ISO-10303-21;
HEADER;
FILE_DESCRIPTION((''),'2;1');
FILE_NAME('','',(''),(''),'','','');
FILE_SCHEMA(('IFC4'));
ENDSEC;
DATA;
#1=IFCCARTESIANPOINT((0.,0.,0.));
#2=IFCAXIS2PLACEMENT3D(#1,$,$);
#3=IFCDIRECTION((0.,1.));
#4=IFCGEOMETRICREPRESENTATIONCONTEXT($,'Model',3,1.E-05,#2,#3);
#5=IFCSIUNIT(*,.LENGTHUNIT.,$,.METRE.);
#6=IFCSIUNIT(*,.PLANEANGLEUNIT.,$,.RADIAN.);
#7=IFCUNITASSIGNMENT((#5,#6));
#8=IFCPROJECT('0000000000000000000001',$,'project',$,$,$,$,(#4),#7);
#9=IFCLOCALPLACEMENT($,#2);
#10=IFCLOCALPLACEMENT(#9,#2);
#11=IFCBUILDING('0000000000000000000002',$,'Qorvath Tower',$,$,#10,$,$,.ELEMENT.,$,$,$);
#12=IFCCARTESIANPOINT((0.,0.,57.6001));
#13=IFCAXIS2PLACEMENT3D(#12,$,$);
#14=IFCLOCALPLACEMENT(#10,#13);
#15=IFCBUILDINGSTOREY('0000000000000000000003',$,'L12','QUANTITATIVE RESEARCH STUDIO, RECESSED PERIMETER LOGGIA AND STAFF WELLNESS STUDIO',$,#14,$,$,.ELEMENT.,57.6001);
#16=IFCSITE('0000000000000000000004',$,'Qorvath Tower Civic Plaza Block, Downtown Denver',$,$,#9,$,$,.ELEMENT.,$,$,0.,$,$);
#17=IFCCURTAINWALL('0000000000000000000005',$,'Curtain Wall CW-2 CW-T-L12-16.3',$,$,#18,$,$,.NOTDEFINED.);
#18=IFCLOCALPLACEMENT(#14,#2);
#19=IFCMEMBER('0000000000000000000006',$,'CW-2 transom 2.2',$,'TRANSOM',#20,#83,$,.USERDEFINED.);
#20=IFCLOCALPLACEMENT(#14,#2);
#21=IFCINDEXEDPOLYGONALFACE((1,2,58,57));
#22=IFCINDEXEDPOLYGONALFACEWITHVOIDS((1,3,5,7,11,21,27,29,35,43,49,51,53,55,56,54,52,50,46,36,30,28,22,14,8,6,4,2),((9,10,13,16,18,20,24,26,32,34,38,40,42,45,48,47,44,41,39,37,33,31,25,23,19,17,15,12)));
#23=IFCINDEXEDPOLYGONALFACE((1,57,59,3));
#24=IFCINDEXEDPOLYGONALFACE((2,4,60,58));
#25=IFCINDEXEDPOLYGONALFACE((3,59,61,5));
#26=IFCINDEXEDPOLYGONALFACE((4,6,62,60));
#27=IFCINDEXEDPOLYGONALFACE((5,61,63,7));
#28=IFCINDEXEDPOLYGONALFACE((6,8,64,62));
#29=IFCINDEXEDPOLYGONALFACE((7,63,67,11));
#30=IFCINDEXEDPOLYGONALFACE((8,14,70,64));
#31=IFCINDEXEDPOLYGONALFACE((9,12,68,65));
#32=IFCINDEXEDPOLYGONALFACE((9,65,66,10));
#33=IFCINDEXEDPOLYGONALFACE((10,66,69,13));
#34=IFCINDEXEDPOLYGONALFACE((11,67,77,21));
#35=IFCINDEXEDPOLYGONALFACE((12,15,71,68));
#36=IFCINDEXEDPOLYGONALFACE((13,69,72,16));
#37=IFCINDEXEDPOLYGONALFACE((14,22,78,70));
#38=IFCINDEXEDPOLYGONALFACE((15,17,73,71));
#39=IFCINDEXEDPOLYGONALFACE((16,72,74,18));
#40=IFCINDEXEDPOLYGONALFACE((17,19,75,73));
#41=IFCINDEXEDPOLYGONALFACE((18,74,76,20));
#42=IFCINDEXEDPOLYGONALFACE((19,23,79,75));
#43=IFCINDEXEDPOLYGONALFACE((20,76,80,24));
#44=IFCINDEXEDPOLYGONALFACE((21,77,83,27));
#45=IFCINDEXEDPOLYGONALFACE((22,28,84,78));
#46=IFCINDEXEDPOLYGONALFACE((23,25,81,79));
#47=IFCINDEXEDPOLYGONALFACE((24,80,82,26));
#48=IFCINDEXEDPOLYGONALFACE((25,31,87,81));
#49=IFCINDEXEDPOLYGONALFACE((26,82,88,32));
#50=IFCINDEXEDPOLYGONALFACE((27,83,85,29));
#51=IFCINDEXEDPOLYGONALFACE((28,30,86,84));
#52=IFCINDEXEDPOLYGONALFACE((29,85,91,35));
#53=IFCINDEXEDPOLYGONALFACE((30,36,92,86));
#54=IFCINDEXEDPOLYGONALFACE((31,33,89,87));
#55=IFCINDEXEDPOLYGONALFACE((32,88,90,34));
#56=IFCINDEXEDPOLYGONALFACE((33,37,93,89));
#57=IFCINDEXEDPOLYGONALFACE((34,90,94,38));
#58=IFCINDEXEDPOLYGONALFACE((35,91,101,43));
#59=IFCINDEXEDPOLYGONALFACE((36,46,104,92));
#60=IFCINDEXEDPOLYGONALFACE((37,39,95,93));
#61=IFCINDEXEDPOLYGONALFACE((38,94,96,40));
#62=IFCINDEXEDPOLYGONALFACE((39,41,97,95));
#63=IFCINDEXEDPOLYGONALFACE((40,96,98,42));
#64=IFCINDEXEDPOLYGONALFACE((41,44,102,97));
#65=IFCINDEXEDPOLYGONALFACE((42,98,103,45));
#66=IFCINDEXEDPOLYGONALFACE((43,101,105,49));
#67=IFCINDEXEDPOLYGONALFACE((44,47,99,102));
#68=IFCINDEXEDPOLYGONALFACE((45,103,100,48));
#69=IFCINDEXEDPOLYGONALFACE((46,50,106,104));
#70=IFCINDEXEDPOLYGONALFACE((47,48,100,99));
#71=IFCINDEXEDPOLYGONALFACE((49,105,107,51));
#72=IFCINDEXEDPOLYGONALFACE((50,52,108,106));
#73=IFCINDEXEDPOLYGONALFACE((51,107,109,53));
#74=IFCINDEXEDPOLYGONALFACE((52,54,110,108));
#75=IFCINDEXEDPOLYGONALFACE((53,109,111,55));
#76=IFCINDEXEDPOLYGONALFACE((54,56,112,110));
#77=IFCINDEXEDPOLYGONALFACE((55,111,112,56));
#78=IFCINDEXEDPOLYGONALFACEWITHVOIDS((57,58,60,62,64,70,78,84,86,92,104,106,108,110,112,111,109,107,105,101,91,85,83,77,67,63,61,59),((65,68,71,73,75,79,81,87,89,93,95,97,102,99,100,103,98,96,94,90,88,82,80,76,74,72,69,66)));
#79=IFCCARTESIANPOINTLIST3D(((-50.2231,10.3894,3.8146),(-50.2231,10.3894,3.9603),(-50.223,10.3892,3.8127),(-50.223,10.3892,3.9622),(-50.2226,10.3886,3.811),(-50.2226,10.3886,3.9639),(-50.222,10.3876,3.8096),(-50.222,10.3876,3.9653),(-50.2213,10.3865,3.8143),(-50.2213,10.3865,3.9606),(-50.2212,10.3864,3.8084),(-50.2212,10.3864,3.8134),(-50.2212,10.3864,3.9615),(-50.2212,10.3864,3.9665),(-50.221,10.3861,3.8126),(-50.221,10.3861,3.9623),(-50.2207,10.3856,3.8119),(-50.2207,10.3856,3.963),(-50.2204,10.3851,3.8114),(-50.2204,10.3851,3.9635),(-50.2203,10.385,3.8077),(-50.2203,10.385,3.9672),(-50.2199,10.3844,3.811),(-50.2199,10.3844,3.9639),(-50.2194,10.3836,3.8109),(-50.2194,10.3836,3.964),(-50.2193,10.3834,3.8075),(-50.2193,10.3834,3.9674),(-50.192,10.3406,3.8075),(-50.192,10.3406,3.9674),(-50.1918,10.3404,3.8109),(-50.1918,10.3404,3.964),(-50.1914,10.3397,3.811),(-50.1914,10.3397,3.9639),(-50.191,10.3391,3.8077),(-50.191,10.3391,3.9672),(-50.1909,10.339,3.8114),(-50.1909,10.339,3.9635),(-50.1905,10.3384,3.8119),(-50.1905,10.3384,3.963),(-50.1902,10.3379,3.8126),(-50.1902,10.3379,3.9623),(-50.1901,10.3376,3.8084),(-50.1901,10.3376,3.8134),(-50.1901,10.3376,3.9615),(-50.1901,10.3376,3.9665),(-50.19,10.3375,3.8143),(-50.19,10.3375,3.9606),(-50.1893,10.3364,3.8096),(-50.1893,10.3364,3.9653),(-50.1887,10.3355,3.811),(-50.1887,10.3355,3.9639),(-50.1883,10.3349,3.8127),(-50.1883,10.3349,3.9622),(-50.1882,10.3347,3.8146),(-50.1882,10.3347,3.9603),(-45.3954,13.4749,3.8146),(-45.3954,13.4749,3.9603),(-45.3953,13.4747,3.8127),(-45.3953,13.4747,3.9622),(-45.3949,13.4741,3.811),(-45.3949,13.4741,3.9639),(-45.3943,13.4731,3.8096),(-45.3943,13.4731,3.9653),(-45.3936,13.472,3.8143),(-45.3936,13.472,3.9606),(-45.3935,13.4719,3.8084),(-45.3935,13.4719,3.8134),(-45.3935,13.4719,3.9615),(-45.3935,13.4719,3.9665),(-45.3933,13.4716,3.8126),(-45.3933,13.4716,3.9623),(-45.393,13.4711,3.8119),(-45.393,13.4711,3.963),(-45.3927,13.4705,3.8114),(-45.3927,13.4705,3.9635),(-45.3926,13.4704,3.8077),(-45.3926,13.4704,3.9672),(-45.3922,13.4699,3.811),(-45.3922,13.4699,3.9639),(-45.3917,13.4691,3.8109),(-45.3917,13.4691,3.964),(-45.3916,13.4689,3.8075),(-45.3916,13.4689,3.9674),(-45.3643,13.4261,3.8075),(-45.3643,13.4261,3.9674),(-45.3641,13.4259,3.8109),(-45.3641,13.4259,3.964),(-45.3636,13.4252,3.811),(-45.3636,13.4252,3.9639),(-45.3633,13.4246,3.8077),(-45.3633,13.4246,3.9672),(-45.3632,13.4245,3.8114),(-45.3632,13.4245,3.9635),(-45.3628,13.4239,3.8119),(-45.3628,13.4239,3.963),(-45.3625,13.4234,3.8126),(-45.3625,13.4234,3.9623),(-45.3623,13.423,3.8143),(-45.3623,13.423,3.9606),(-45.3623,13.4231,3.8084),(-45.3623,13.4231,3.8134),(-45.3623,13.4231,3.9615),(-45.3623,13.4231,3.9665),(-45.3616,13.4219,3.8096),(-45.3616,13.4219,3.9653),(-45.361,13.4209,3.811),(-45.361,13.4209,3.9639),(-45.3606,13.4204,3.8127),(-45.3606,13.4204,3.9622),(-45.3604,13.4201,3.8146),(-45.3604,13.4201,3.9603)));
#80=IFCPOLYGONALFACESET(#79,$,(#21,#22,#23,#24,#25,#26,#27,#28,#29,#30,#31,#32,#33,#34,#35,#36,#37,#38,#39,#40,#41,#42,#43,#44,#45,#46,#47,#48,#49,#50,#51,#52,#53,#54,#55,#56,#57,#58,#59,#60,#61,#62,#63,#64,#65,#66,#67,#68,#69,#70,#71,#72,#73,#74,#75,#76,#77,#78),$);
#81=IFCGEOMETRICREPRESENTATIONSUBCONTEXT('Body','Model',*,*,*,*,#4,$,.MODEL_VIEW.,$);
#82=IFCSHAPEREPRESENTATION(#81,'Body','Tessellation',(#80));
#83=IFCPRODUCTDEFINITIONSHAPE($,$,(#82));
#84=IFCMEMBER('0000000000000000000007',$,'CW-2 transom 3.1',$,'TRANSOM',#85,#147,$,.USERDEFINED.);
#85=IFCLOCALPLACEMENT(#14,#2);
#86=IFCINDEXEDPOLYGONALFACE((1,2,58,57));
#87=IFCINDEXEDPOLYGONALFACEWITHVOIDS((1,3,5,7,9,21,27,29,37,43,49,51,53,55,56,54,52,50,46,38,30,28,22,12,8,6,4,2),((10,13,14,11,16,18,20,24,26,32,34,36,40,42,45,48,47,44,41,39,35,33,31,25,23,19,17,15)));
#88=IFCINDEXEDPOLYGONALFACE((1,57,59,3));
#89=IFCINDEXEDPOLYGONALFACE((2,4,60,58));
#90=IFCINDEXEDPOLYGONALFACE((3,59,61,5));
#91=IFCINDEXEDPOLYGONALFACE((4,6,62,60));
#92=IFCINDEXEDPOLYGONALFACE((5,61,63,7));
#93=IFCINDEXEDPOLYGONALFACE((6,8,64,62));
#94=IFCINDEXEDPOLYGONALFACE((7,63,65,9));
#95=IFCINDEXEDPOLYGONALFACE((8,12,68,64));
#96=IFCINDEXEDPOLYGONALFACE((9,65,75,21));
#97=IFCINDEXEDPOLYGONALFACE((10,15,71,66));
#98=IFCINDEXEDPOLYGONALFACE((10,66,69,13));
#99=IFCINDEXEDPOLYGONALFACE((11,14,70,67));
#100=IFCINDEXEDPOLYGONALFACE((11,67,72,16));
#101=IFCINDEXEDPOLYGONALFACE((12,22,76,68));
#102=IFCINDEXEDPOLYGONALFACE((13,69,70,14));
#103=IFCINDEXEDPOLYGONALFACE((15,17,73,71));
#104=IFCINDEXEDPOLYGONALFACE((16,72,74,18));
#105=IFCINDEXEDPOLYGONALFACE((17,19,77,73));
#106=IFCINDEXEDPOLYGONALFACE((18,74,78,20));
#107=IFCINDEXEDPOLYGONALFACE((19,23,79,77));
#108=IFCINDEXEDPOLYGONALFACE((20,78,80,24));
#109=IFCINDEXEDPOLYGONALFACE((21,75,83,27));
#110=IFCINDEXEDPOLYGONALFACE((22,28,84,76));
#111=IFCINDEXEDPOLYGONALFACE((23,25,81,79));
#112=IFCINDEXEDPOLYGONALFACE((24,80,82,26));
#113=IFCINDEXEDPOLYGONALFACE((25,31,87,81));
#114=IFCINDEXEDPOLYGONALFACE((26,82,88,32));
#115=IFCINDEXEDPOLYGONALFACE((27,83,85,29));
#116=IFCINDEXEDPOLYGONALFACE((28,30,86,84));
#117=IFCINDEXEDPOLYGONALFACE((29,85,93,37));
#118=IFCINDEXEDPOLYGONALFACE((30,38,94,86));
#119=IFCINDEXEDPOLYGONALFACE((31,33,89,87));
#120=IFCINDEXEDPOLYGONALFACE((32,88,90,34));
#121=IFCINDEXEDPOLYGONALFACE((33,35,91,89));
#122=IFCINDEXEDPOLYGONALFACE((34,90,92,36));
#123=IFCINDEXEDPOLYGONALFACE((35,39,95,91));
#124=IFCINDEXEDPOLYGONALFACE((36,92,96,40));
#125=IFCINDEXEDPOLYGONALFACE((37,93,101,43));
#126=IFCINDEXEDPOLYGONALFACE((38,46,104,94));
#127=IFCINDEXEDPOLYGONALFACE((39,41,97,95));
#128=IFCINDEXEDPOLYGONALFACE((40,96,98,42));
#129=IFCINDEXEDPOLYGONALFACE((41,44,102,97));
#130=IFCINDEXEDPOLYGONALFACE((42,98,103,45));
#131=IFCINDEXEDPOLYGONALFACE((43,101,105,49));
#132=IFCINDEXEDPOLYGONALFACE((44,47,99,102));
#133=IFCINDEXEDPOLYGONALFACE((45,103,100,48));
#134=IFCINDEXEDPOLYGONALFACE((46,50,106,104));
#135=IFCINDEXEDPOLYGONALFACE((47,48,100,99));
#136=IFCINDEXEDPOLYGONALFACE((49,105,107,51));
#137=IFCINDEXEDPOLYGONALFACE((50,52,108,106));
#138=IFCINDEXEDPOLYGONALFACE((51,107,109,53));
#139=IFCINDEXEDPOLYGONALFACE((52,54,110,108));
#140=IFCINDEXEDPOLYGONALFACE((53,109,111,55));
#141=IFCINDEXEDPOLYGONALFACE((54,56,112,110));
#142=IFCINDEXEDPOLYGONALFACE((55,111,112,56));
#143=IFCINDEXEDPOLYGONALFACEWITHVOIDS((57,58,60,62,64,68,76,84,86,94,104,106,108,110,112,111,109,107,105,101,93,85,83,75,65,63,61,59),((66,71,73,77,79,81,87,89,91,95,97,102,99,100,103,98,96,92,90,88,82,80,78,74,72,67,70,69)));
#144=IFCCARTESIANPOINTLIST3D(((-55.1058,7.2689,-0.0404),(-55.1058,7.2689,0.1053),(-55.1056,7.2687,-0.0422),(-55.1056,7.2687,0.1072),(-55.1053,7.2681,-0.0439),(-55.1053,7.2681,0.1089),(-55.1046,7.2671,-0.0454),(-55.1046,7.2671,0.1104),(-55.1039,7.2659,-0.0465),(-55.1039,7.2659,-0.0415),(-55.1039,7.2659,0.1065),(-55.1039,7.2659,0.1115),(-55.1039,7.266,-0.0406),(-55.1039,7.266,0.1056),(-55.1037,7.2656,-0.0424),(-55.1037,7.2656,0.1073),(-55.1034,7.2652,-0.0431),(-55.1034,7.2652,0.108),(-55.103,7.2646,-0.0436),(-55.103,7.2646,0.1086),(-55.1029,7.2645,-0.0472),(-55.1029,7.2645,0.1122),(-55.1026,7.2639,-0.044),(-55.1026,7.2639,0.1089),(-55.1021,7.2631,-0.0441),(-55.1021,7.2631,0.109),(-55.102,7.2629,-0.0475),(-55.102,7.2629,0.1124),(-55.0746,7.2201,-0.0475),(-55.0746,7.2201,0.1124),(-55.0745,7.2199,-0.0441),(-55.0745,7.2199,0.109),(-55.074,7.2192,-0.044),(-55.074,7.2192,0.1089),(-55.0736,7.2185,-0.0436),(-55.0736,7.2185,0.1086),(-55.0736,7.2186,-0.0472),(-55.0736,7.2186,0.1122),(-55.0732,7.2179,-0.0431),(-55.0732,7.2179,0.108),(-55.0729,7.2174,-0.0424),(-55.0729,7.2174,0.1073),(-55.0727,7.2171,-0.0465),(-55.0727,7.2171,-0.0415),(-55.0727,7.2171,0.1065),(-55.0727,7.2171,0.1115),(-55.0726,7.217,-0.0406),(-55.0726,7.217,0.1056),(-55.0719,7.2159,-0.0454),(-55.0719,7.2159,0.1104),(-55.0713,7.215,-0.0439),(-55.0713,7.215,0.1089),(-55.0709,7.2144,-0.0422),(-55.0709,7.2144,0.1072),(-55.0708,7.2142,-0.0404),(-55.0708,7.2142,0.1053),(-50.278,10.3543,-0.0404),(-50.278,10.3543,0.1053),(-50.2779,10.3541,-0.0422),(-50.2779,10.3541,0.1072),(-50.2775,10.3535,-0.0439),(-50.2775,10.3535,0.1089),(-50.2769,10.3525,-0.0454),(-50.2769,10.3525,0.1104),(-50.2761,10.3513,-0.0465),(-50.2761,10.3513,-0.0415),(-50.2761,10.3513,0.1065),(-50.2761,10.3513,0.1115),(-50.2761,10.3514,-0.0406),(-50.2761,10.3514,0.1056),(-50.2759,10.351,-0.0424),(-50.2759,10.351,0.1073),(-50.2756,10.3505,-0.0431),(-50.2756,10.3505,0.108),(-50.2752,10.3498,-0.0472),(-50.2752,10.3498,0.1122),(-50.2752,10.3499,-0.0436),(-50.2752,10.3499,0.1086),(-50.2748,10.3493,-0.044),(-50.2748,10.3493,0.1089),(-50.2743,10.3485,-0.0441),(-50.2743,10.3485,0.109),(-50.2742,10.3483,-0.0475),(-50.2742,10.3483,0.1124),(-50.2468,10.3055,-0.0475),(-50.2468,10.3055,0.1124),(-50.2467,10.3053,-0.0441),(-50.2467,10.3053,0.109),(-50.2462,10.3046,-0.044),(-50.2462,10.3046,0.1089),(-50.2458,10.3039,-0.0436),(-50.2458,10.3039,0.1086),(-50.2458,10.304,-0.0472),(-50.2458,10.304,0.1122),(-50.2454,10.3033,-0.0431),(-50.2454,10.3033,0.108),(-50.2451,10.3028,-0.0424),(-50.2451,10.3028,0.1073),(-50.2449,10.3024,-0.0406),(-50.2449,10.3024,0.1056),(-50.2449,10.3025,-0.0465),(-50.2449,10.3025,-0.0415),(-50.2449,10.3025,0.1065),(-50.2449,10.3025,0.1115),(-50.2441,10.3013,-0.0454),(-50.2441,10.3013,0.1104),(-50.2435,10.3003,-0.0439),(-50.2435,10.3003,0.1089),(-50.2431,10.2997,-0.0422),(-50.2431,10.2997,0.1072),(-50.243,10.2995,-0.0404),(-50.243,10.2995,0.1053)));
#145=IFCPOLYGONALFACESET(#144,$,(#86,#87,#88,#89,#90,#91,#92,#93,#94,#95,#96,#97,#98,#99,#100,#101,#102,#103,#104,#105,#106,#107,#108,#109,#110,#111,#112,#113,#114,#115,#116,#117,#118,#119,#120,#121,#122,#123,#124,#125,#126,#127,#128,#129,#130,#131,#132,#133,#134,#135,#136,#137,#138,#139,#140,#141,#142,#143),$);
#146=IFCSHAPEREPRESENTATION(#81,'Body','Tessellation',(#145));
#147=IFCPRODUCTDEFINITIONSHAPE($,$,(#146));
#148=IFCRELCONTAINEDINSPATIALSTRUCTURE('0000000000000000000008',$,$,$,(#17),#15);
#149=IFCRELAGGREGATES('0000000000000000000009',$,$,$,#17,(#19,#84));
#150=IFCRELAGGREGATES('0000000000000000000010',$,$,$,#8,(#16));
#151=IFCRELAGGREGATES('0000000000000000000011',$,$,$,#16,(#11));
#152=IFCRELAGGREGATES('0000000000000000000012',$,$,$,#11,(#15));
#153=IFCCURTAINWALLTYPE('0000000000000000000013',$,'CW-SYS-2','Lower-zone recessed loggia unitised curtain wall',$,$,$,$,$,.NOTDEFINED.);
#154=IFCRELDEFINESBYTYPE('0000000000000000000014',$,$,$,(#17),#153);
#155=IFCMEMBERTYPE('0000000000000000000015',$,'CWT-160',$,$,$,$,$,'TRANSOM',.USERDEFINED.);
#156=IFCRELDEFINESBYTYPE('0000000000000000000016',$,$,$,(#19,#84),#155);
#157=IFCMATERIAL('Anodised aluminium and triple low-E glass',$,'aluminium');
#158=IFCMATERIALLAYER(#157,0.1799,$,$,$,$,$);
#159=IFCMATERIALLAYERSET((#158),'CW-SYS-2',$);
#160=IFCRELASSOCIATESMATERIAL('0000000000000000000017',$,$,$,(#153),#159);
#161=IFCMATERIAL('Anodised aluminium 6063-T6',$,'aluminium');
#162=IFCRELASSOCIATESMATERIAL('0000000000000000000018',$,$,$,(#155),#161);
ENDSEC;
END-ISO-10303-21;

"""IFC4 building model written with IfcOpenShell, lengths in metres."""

from ifc_helpers import new_model, si_unit, direction, frame, origin, origin_2d, place, context, subcontext, project, spatial, hollow_rectangle, extrude, material, layer, layer_set, material_profile, profile_set, type_object, element, aggregate, save


model = new_model("IFC4")

# Units and contexts
model_context = context("Model", 3, precision=1e-05, world=origin(), true_north=direction((0.0, 1.0)))
body_context = subcontext(model_context, "Body", "Model", "MODEL_VIEW")
ifc_project = project(units=[si_unit("LENGTHUNIT", "METRE"), si_unit("PLANEANGLEUNIT", "RADIAN")], contexts=[model_context])

# Site, building, storey
site_placement = place(None, origin())
site = spatial("IfcSite", under=ifc_project, at=site_placement, Name="Qorvath Tower Civic Plaza Block, Downtown Denver", CompositionType="ELEMENT", RefElevation=0.0)
building_placement = place(site_placement, origin())
building = spatial("IfcBuilding", under=site, at=building_placement, Name="Qorvath Tower", CompositionType="ELEMENT")
storey_placement = place(building_placement, frame((0.0, 0.0, 57.6001)))
storey = spatial("IfcBuildingStorey", under=building, at=storey_placement, Name="L12", Description="QUANTITATIVE RESEARCH STUDIO, RECESSED PERIMETER LOGGIA AND STAFF WELLNESS STUDIO", CompositionType="ELEMENT", Elevation=57.6001)

# Curtain wall, members
ifc_material_1 = material(Name="Anodised aluminium and triple low-E glass", Category="aluminium")
ifc_layer_1 = layer(ifc_material_1, 0.1799)
ifc_layer_set_1 = layer_set([ifc_layer_1], Name="CW-SYS-2")
curtain_wall_type = type_object("IfcCurtainWallType", Name="CW-SYS-2", Description="Lower-zone recessed loggia unitised curtain wall", PredefinedType="NOTDEFINED", material=ifc_layer_set_1)
curtain_wall_placement = place(storey_placement, origin())
curtain_wall = element("IfcCurtainWall", 1, at=curtain_wall_placement, inside=storey, type_object=curtain_wall_type, Name="Curtain Wall CW-2 CW-T-L12-16.3", PredefinedType="NOTDEFINED")
ifc_material_2 = material(Name="Anodised aluminium 6063-T6", Category="aluminium")
ifc_material_profile_1 = material_profile(ifc_material_2, hollow_rectangle(XDim=0.0649, YDim=0.1599, WallThickness=0.0034, InnerFilletRadius=0.0034, OuterFilletRadius=0.0071, at=origin_2d()), Name="CWT 160x65")
ifc_profile_set_1 = profile_set([ifc_material_profile_1], Name="Anodised aluminium 6063-T6")
member_type_1 = type_object("IfcMemberType", Name="CWT-160", ElementType="TRANSOM", PredefinedType="USERDEFINED", material=ifc_profile_set_1)
member_1_placement = place(storey_placement, frame((-45.3779, 13.4475, 3.8875), z_axis=(-0.842607, -0.538529, 0.0), x_axis=(0.538529, -0.842607, 0.0)))
member_1 = element("IfcMember", 2, at=member_1_placement, type_object=member_type_1, Name="CW-2 transom 2.2", ObjectType="TRANSOM", PredefinedType="USERDEFINED", context=body_context, shape_type="SweptSolid", body=[
    extrude(hollow_rectangle(XDim=0.0649, YDim=0.1599, WallThickness=0.0034, InnerFilletRadius=0.0034, OuterFilletRadius=0.0071, at=origin_2d()), origin(), (0.0, 0.0, 1.0), 5.7295),
])
member_2_placement = place(storey_placement, frame((-50.2605, 10.3269, 0.0325), z_axis=(-0.842619, -0.538509, 0.0), x_axis=(0.538509, -0.842619, 0.0)))
member_2 = element("IfcMember", 3, at=member_2_placement, type_object=member_type_1, Name="CW-2 transom 3.1", ObjectType="TRANSOM", PredefinedType="USERDEFINED", context=body_context, shape_type="SweptSolid", body=[
    extrude(hollow_rectangle(XDim=0.0649, YDim=0.1599, WallThickness=0.0034, InnerFilletRadius=0.0034, OuterFilletRadius=0.0071, at=origin_2d()), origin(), (0.0, 0.0, 1.0), 5.7295),
])
aggregate(curtain_wall, [member_1, member_2])

save(model, "model.ifc")
